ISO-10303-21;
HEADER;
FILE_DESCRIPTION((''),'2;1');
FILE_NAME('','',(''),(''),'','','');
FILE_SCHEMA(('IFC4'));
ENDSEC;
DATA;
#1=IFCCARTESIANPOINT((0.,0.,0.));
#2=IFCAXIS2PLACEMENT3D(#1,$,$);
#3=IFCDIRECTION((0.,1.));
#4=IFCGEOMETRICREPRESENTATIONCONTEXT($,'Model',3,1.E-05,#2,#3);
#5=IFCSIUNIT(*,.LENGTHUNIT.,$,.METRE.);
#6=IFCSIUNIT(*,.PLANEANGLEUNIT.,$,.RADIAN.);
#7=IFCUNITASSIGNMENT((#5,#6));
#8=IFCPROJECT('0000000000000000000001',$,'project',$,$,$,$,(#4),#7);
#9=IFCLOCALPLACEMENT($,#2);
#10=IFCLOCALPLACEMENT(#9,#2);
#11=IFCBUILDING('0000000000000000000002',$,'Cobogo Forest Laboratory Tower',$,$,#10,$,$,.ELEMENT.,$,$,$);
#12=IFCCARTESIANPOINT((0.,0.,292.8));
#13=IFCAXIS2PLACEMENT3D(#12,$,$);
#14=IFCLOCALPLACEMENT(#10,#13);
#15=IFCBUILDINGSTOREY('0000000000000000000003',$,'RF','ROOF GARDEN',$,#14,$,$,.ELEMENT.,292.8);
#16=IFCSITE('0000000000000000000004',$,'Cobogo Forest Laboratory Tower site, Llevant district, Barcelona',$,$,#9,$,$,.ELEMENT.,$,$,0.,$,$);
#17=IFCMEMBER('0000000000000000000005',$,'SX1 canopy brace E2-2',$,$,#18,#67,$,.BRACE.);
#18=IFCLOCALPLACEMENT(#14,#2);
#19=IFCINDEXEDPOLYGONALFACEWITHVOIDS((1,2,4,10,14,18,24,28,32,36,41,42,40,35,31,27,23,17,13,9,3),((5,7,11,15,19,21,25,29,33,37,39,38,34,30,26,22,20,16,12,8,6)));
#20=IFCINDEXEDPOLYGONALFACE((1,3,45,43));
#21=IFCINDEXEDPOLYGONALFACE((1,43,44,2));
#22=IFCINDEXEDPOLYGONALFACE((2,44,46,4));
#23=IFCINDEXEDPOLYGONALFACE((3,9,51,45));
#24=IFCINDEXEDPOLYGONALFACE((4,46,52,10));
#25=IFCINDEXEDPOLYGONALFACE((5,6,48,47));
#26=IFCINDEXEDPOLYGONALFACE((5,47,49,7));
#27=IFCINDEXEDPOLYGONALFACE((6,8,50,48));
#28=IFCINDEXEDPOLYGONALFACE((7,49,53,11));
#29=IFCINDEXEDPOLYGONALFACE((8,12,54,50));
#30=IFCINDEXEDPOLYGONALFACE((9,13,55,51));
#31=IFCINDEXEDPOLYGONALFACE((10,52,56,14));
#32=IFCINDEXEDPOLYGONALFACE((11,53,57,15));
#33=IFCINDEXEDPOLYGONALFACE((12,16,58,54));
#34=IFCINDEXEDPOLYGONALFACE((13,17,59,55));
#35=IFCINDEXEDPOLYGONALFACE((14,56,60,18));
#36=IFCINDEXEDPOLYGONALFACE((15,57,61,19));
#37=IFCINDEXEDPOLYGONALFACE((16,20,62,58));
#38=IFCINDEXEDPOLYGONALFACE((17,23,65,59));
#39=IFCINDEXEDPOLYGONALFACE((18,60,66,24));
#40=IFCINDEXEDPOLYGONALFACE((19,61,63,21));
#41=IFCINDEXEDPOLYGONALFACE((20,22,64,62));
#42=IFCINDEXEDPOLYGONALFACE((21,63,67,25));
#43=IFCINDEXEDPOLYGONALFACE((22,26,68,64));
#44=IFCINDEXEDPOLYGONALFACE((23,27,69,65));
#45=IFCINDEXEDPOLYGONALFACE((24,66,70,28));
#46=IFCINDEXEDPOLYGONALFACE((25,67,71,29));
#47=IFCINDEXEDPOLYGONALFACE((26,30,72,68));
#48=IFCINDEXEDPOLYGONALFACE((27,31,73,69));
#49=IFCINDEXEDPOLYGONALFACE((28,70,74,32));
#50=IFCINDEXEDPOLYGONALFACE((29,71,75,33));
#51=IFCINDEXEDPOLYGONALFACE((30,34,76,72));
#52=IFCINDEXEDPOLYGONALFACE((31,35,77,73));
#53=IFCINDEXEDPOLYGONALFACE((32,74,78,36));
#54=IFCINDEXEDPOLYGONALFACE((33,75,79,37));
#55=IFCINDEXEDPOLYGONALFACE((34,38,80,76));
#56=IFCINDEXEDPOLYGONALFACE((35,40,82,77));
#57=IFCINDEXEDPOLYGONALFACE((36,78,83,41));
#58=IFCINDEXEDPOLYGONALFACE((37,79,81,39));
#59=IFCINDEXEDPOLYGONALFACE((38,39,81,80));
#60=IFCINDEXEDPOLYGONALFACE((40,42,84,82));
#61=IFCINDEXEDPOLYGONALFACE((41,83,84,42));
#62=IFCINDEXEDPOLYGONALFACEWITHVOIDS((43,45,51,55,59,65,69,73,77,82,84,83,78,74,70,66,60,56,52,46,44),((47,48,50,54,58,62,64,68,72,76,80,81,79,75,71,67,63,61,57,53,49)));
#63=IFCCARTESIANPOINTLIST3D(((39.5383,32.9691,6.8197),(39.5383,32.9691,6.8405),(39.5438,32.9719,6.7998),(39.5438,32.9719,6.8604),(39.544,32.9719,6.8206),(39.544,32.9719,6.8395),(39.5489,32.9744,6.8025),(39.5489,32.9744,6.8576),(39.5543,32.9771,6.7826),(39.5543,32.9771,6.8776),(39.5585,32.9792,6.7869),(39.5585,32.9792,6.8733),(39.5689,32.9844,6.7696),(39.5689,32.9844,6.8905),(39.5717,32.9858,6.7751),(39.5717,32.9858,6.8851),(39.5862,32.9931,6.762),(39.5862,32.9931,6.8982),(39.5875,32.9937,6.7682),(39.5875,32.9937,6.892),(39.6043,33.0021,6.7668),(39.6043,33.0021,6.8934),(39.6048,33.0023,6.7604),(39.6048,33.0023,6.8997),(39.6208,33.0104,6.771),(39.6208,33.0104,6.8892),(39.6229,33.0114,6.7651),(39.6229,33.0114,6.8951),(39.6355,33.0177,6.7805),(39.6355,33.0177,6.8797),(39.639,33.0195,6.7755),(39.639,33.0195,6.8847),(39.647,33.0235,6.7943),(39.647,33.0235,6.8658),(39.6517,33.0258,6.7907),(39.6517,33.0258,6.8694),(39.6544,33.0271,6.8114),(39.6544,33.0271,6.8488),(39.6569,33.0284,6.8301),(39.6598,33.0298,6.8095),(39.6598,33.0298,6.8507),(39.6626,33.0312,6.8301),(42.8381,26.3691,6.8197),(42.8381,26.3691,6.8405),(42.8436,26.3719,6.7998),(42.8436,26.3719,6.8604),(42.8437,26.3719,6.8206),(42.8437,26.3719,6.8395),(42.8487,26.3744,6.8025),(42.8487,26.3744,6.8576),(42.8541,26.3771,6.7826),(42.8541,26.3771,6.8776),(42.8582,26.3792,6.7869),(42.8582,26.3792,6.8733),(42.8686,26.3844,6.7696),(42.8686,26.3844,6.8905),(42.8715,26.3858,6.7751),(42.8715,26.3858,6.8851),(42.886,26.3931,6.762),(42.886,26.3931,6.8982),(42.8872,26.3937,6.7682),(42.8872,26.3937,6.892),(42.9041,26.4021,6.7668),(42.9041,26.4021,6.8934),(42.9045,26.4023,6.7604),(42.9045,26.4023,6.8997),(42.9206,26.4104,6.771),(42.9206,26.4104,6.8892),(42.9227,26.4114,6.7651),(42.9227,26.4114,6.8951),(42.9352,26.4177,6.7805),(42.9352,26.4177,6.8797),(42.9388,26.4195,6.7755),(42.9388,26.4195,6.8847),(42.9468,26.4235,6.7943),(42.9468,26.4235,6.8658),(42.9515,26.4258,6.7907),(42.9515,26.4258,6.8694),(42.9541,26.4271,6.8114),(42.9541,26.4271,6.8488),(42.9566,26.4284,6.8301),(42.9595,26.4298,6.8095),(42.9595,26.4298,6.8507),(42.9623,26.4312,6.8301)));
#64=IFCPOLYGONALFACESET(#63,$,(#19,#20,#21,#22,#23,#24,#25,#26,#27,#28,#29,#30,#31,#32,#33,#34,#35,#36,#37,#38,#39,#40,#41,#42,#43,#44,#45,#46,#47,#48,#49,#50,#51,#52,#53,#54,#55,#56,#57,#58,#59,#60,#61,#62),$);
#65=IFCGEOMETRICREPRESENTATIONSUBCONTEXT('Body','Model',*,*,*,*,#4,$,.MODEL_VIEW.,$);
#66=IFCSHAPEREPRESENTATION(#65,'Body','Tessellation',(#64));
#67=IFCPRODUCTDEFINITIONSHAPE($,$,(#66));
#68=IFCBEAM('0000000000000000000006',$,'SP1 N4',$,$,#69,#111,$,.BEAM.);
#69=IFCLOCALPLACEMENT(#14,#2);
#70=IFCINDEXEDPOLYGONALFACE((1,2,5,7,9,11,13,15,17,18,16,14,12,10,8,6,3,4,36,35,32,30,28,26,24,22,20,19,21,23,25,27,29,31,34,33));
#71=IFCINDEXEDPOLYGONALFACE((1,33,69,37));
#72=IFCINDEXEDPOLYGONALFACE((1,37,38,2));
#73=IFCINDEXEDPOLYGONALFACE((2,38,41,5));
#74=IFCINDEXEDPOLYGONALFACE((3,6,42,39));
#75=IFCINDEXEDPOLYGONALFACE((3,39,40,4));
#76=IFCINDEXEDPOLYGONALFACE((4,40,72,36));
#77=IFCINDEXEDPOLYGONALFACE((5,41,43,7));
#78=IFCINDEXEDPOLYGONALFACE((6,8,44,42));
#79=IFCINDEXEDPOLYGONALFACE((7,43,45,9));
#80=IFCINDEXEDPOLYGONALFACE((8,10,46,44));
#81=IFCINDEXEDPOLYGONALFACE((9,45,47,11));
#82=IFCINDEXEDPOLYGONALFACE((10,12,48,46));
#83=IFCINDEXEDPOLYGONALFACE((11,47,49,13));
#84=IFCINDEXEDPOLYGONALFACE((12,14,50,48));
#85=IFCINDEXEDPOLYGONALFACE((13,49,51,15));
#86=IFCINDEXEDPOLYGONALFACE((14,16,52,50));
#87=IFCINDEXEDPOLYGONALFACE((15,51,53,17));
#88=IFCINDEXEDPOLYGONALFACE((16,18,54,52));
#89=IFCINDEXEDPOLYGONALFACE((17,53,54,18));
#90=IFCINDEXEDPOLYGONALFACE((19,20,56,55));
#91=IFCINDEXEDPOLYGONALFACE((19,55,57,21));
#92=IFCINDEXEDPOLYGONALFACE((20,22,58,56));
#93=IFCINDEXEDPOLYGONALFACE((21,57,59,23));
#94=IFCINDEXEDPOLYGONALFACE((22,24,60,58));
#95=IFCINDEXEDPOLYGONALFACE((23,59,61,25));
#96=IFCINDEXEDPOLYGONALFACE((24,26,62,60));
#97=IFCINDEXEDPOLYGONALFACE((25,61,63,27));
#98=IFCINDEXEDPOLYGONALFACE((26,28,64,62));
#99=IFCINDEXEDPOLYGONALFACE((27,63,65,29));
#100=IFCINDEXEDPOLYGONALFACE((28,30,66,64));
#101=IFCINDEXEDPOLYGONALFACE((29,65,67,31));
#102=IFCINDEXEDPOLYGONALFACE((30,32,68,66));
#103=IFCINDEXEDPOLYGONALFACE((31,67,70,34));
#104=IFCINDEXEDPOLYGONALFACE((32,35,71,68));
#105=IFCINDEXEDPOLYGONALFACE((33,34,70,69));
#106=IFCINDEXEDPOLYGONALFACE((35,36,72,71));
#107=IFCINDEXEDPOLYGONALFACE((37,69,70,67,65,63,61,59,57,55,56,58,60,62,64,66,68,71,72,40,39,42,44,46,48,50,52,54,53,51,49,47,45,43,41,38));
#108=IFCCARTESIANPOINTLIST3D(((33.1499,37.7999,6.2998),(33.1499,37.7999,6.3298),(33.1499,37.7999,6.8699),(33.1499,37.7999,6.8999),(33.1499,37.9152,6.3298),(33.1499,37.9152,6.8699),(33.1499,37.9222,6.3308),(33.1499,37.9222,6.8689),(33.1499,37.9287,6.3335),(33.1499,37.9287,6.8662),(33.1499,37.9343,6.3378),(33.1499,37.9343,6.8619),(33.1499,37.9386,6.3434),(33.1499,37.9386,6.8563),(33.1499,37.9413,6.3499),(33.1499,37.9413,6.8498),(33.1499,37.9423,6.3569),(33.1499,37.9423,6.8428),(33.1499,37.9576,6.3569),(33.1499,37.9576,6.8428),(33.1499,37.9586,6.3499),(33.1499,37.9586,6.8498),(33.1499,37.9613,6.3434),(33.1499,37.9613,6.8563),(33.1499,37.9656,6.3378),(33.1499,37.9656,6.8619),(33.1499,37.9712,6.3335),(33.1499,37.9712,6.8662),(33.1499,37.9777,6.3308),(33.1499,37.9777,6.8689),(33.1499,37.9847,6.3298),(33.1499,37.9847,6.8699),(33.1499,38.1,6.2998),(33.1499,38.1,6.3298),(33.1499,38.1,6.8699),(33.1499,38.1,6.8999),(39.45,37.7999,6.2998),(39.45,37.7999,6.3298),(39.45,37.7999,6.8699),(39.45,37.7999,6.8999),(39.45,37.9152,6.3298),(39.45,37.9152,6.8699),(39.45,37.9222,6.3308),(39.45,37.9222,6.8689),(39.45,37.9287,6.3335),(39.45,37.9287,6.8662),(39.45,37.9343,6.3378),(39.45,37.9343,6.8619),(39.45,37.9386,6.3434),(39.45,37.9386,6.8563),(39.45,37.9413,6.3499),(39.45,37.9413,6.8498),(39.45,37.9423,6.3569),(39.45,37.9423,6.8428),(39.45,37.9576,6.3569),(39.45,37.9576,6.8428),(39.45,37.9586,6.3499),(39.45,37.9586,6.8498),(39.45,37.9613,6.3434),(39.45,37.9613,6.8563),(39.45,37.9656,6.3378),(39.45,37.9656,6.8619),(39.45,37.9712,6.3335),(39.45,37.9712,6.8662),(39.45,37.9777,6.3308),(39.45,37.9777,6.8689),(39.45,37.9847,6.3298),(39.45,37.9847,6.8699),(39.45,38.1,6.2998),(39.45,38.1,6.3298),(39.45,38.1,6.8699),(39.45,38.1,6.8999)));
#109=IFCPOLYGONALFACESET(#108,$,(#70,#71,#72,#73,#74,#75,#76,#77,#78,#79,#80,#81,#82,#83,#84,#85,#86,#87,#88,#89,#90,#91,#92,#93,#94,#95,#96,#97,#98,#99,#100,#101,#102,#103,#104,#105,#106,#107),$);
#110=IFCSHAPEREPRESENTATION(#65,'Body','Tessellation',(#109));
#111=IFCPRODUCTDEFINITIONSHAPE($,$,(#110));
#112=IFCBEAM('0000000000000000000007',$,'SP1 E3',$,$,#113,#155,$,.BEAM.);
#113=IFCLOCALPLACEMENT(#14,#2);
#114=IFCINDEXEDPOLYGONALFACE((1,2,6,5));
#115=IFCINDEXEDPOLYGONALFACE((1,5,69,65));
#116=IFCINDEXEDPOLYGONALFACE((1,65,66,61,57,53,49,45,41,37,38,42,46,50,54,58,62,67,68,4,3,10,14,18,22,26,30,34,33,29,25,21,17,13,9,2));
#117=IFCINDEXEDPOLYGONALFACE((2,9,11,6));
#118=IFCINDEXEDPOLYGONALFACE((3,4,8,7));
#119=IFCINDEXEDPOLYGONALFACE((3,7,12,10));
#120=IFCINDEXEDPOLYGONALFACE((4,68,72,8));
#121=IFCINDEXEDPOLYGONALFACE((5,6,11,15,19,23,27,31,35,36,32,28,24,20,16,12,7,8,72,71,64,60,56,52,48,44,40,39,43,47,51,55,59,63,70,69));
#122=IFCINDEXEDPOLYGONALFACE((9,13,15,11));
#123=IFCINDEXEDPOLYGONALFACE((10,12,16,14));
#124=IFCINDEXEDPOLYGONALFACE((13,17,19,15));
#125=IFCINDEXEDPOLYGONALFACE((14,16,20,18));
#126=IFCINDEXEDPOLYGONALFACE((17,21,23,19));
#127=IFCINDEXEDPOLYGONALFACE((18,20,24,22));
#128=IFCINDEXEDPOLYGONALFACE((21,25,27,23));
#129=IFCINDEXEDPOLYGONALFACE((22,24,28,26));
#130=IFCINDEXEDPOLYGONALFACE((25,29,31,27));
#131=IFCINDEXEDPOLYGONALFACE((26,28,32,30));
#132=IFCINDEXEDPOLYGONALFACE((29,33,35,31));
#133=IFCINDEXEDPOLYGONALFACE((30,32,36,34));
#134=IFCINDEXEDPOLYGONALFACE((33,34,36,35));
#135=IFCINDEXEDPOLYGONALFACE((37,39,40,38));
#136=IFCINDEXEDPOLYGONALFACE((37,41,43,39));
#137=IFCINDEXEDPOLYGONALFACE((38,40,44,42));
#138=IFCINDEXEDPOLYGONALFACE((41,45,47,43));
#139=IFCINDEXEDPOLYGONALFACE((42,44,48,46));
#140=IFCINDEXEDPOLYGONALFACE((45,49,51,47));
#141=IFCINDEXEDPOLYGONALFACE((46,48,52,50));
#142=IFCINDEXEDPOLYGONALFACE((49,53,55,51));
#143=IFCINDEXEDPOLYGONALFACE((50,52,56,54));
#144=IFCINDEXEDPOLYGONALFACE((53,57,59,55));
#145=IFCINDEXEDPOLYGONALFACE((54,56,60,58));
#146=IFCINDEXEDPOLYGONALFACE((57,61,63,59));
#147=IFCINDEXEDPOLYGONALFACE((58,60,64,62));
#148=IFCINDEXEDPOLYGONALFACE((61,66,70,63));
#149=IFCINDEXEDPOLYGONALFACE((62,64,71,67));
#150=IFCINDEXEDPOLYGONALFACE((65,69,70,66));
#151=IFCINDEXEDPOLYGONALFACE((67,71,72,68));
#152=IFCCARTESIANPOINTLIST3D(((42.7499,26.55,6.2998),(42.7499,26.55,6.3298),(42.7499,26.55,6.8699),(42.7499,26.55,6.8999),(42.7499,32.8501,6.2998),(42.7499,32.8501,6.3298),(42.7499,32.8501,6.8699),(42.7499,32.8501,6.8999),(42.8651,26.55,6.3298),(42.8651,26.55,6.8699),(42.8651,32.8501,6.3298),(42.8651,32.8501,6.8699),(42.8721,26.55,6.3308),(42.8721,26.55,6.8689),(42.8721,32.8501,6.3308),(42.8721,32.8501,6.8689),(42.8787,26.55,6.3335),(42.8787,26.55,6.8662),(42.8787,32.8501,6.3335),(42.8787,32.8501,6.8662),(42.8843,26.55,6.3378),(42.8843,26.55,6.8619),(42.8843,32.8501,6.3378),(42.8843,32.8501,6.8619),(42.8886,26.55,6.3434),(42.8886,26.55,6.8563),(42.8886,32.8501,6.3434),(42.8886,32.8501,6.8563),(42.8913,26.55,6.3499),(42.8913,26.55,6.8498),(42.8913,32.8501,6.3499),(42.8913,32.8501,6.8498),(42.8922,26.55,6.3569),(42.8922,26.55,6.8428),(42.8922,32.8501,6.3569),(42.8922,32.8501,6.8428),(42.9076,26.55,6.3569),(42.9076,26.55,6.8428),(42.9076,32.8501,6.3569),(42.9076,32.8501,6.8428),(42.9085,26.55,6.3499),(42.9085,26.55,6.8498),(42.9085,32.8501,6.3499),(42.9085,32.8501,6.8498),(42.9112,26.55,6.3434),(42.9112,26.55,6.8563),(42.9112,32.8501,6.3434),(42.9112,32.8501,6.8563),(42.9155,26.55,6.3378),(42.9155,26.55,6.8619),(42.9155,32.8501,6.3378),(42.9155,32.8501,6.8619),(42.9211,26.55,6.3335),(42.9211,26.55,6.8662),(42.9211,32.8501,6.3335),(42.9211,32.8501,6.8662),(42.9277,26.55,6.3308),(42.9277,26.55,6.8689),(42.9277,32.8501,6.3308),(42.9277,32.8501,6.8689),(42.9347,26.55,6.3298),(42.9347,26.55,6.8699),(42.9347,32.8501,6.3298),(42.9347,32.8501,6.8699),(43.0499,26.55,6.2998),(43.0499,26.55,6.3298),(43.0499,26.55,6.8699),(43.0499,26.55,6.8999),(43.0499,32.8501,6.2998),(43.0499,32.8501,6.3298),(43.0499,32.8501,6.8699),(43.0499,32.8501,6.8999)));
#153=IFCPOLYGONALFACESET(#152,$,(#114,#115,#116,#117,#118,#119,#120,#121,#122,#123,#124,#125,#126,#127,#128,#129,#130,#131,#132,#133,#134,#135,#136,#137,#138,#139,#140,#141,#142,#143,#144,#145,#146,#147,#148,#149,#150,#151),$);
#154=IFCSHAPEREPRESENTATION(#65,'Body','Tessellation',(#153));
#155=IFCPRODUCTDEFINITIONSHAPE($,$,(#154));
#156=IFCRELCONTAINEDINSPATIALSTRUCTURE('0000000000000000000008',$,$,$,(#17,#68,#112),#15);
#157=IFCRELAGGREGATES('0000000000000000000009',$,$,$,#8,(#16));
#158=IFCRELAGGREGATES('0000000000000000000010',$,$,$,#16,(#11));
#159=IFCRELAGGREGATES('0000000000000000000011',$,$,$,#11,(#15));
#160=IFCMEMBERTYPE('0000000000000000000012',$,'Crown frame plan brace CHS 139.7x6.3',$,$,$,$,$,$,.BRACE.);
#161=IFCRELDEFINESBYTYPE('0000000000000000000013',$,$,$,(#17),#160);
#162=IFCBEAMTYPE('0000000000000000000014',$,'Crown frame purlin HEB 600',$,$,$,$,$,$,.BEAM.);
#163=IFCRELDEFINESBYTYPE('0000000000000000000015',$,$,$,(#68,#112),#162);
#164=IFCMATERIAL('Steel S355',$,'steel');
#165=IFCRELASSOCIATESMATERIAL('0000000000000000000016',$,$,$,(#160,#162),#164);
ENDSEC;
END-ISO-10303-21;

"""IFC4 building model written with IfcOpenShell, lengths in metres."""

from ifc_helpers import new_model, si_unit, direction, frame, origin, origin_2d, place, context, subcontext, project, spatial, hollow_circle, i_section, extrude, material, material_profile, profile_set, type_object, element, save


model = new_model("IFC4")

# Units and contexts
model_context = context("Model", 3, precision=1e-05, world=origin(), true_north=direction((0.0, 1.0)))
body_context = subcontext(model_context, "Body", "Model", "MODEL_VIEW")
ifc_project = project(units=[si_unit("LENGTHUNIT", "METRE"), si_unit("PLANEANGLEUNIT", "RADIAN")], contexts=[model_context])

# Site, building, storey
site_placement = place(None, origin())
site = spatial("IfcSite", under=ifc_project, at=site_placement, Name="Cobogo Forest Laboratory Tower site, Llevant district, Barcelona", CompositionType="ELEMENT", RefElevation=0.0)
building_placement = place(site_placement, origin())
building = spatial("IfcBuilding", under=site, at=building_placement, Name="Cobogo Forest Laboratory Tower", CompositionType="ELEMENT")
storey_placement = place(building_placement, frame((0.0, 0.0, 292.8)))
storey = spatial("IfcBuildingStorey", under=building, at=storey_placement, Name="RF", Description="ROOF GARDEN", CompositionType="ELEMENT", Elevation=292.8)

# Shared definitions
ifc_material_1 = material(Name="Steel S355", Category="steel")

# Member
ifc_material_profile_1 = material_profile(ifc_material_1, hollow_circle(Radius=0.0698, WallThickness=0.0063, at=origin_2d()), Name="CHS 139.7x6.3")
ifc_profile_set_1 = profile_set([ifc_material_profile_1], Name="Steel S355")
member_type_1 = type_object("IfcMemberType", Name="Crown frame plan brace CHS 139.7x6.3", PredefinedType="BRACE", material=ifc_profile_set_1)
member_1_placement = place(storey_placement, frame((39.6001, 33.0, 6.8301), z_axis=(0.447187, -0.89444, 0.0), x_axis=(0.89444, 0.447187, 0.0)))
element("IfcMember", 1, at=member_1_placement, inside=storey, type_object=member_type_1, Name="SX1 canopy brace E2-2", PredefinedType="BRACE", context=body_context, shape_type="SweptSolid", body=[
    extrude(hollow_circle(Radius=0.0698, WallThickness=0.0063, at=origin_2d()), origin(), (0.0, 0.0, 1.0), 7.3789),
])

# Beams
ifc_material_profile_2 = material_profile(ifc_material_1, i_section(OverallWidth=0.3, OverallDepth=0.6001, WebThickness=0.0154, FlangeThickness=0.03, FilletRadius=0.0271, at=origin_2d()), Name="HEB 600")
ifc_profile_set_2 = profile_set([ifc_material_profile_2], Name="Steel S355")
beam_type_1 = type_object("IfcBeamType", Name="Crown frame purlin HEB 600", PredefinedType="BEAM", material=ifc_profile_set_2)
for number, where, z_axis, x_axis, name in (
    (2, (33.1499, 37.95, 6.5999), (1.0, 0.0, 0.0), (0.0, 1.0, 0.0), "SP1 N4"),
    (3, (42.8999, 26.55, 6.5999), (0.0, 1.0, 0.0), (-1.0, 0.0, 0.0), "SP1 E3"),
):
    element("IfcBeam", number, at=place(storey_placement, frame(where, z_axis=z_axis, x_axis=x_axis)), inside=storey, type_object=beam_type_1, Name=name, PredefinedType="BEAM", context=body_context, shape_type="SweptSolid", body=[
        extrude(i_section(OverallWidth=0.3, OverallDepth=0.6001, WebThickness=0.0154, FlangeThickness=0.03, FilletRadius=0.0271, at=origin_2d()), origin(), (0.0, 0.0, 1.0), 6.3),
    ])

save(model, "model.ifc")
